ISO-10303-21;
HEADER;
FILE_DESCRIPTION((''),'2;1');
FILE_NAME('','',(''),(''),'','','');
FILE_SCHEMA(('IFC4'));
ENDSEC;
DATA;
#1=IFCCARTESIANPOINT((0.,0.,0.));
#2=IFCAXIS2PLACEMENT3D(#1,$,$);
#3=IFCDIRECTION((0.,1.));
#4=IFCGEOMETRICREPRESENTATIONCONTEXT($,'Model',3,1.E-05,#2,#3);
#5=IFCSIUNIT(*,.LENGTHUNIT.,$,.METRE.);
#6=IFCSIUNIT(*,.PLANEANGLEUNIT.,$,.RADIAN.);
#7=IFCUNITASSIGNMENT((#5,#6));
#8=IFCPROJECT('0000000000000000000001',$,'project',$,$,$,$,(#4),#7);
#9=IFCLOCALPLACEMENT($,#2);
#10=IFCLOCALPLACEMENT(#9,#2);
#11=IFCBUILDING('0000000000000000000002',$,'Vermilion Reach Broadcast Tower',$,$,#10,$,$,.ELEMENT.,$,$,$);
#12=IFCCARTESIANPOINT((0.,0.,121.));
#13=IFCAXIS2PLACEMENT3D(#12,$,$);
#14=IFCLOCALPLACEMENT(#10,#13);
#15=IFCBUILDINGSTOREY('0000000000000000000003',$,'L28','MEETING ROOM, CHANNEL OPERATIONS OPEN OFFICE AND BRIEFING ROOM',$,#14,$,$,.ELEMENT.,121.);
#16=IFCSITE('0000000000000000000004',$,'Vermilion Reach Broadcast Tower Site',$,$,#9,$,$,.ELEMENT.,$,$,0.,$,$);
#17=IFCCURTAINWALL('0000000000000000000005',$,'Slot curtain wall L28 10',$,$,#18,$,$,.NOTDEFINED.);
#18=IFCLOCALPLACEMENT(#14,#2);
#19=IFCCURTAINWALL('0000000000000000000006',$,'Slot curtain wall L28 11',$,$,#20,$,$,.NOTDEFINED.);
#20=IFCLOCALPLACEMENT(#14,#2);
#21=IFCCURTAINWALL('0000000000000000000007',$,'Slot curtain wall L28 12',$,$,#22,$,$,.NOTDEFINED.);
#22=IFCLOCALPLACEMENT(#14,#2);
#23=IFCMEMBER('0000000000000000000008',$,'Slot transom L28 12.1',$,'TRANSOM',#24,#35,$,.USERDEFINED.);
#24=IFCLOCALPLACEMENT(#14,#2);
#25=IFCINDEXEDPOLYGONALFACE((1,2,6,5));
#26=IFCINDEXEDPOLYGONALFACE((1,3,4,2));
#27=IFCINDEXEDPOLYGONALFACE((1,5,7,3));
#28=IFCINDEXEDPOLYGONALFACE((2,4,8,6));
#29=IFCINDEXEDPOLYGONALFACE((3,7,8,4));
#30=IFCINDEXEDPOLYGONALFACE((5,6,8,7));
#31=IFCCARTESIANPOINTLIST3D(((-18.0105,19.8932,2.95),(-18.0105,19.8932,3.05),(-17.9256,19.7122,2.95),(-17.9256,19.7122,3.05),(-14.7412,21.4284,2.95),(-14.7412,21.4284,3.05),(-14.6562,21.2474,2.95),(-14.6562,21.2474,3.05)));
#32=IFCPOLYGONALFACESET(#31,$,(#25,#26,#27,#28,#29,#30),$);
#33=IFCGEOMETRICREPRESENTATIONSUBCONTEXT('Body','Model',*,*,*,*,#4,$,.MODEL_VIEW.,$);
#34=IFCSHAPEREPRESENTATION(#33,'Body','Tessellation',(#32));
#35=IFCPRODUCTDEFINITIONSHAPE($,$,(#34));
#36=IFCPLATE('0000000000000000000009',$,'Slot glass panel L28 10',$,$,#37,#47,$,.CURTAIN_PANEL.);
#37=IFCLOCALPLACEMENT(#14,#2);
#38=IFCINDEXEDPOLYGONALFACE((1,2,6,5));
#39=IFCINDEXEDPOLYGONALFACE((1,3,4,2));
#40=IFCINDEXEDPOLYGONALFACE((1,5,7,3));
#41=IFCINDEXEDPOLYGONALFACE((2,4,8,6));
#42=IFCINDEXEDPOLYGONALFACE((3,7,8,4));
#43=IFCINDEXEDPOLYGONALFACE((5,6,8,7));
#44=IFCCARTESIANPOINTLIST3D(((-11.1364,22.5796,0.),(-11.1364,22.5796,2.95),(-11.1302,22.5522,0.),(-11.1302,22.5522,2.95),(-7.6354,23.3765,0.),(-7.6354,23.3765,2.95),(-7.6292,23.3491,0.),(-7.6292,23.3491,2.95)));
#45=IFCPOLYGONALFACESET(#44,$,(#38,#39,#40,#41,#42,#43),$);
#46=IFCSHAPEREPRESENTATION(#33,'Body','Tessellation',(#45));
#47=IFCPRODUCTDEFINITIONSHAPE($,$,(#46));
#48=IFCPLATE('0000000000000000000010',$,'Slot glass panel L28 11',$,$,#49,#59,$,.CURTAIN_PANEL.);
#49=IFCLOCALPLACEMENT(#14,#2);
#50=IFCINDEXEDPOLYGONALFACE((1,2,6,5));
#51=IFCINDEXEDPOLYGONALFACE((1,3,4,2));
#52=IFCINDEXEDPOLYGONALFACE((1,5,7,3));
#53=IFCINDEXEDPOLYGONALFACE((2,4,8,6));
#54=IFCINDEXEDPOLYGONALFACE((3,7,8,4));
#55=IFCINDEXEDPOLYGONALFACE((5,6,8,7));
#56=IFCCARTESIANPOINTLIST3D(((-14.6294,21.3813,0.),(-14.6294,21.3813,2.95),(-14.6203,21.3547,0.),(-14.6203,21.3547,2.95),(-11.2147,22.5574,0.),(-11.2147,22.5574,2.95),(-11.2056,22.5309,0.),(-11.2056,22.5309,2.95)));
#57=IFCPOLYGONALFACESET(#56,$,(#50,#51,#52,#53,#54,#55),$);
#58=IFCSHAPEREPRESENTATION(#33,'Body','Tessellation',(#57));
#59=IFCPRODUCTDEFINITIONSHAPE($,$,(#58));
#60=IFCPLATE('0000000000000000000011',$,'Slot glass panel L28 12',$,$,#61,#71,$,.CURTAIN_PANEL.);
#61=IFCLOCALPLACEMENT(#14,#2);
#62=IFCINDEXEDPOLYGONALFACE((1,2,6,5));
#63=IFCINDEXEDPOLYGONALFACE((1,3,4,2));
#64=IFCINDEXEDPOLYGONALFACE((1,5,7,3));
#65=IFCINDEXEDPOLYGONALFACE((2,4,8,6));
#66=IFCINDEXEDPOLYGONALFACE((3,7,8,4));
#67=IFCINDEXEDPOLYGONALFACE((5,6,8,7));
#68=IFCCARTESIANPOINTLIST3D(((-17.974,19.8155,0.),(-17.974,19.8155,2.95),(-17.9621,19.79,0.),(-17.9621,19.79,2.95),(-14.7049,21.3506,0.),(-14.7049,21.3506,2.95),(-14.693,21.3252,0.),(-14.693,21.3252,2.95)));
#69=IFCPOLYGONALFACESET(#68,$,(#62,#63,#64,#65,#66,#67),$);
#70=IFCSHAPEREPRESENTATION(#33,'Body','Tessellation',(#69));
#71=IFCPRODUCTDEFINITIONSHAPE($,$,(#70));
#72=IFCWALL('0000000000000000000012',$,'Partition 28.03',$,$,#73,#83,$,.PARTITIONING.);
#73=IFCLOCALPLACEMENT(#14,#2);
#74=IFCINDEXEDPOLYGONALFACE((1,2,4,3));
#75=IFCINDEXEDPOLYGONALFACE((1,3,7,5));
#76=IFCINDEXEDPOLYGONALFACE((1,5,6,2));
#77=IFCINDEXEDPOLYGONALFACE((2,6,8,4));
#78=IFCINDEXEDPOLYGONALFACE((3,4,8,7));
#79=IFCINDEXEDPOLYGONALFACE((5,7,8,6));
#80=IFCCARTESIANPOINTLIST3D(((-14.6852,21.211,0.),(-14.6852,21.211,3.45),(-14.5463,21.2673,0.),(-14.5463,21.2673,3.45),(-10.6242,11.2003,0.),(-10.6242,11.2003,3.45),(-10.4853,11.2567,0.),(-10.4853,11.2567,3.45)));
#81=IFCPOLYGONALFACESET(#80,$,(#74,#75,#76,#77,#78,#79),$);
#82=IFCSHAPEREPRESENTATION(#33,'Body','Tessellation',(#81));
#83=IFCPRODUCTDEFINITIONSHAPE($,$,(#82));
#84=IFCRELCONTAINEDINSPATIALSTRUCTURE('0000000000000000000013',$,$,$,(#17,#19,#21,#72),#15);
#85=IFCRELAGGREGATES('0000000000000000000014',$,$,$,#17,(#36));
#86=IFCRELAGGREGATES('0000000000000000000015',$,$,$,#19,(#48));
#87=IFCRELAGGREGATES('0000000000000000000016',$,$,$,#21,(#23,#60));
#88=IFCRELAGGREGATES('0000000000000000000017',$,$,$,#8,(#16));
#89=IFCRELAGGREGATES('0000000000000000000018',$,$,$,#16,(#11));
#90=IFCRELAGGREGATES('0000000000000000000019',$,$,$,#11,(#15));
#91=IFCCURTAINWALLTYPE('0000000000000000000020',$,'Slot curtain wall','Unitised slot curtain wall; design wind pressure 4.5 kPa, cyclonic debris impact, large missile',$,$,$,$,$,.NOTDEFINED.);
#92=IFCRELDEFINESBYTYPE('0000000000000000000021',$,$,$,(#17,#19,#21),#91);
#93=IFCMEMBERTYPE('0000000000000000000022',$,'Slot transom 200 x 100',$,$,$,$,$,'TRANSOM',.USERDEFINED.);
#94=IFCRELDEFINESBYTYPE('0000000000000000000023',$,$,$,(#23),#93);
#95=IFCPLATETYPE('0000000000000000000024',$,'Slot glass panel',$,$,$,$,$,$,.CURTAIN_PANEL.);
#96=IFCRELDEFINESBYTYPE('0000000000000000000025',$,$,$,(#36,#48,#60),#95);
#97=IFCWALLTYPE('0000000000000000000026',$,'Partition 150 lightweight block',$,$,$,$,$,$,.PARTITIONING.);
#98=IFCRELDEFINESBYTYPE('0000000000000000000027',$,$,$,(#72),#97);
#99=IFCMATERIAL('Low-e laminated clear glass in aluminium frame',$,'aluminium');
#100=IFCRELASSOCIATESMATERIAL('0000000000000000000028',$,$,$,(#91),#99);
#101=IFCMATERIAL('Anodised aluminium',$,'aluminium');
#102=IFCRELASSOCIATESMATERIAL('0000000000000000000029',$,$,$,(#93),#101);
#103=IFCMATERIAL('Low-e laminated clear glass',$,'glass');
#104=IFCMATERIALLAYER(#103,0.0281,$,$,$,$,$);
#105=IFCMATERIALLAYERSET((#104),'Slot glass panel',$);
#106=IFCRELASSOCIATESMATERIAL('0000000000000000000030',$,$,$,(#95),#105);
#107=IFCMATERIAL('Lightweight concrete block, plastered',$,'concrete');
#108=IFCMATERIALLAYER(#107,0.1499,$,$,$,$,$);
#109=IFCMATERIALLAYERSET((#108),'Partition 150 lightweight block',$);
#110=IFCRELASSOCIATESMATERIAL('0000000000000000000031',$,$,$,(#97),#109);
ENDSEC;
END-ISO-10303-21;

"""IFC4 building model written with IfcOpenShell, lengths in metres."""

from ifc_helpers import new_model, si_unit, direction, frame, frame_2d, origin, origin_2d, place, context, subcontext, project, spatial, rectangle, extrude, material, layer, layer_set, material_profile, profile_set, type_object, element, aggregate, save


model = new_model("IFC4")

# Units and contexts
model_context = context("Model", 3, precision=1e-05, world=origin(), true_north=direction((0.0, 1.0)))
body_context = subcontext(model_context, "Body", "Model", "MODEL_VIEW")
ifc_project = project(units=[si_unit("LENGTHUNIT", "METRE"), si_unit("PLANEANGLEUNIT", "RADIAN")], contexts=[model_context])

# Site, building, storey
site_placement = place(None, origin())
site = spatial("IfcSite", under=ifc_project, at=site_placement, Name="Vermilion Reach Broadcast Tower Site", CompositionType="ELEMENT", RefElevation=0.0)
building_placement = place(site_placement, origin())
building = spatial("IfcBuilding", under=site, at=building_placement, Name="Vermilion Reach Broadcast Tower", CompositionType="ELEMENT")
storey_placement = place(building_placement, frame((0.0, 0.0, 121.0)))
storey = spatial("IfcBuildingStorey", under=building, at=storey_placement, Name="L28", Description="MEETING ROOM, CHANNEL OPERATIONS OPEN OFFICE AND BRIEFING ROOM", CompositionType="ELEMENT", Elevation=121.0)

# Curtain walls
ifc_material_1 = material(Name="Low-e laminated clear glass in aluminium frame", Category="aluminium")
curtain_wall_type = type_object("IfcCurtainWallType", Name="Slot curtain wall", Description="Unitised slot curtain wall; design wind pressure 4.5 kPa, cyclonic debris impact, large missile", PredefinedType="NOTDEFINED", material=ifc_material_1)
placement = place(storey_placement, origin())
curtain_wall_1 = element("IfcCurtainWall", 1, at=placement, inside=storey, type_object=curtain_wall_type, Name="Slot curtain wall L28 10", PredefinedType="NOTDEFINED")
curtain_wall_2 = element("IfcCurtainWall", 2, at=placement, inside=storey, type_object=curtain_wall_type, Name="Slot curtain wall L28 11", PredefinedType="NOTDEFINED")
curtain_wall_3 = element("IfcCurtainWall", 3, at=placement, inside=storey, type_object=curtain_wall_type, Name="Slot curtain wall L28 12", PredefinedType="NOTDEFINED")

# Member
ifc_material_2 = material(Name="Anodised aluminium", Category="aluminium")
ifc_material_profile_1 = material_profile(ifc_material_2, rectangle(XDim=0.2, YDim=0.1001, at=origin_2d()), Name="Slot transom 200 x 100")
ifc_profile_set_1 = profile_set([ifc_material_profile_1], Name="Anodised aluminium")
member_type_1 = type_object("IfcMemberType", Name="Slot transom 200 x 100", ElementType="TRANSOM", PredefinedType="USERDEFINED", material=ifc_profile_set_1)
member_1_placement = place(storey_placement, frame((-14.6987, 21.3379, 3.0), z_axis=(-0.905174, -0.425042, 0.0), x_axis=(0.425042, -0.905174, 0.0)))
member_1 = element("IfcMember", 4, at=member_1_placement, type_object=member_type_1, Name="Slot transom L28 12.1", ObjectType="TRANSOM", PredefinedType="USERDEFINED", context=body_context, shape_type="SweptSolid", body=[
    extrude(rectangle(XDim=0.2, YDim=0.1001, at=origin_2d()), origin(), (0.0, 0.0, 1.0), 3.6118),
])

# Plates
ifc_material_3 = material(Name="Low-e laminated clear glass", Category="glass")
ifc_layer_1 = layer(ifc_material_3, 0.0281)
ifc_layer_set_1 = layer_set([ifc_layer_1], Name="Slot glass panel")
plate_type = type_object("IfcPlateType", Name="Slot glass panel", PredefinedType="CURTAIN_PANEL", material=ifc_layer_set_1)
plate_1_placement = place(storey_placement, frame((-9.3828, 22.9644, 0.0), z_axis=(0.0, 0.0, 1.0), x_axis=(-0.975062, -0.221931, 0.0)))
plate_1 = element("IfcPlate", 5, at=plate_1_placement, type_object=plate_type, Name="Slot glass panel L28 10", PredefinedType="CURTAIN_PANEL", context=body_context, shape_type="SweptSolid", body=[
    extrude(rectangle(XDim=3.5906, YDim=0.0281, at=origin_2d()), origin(), (0.0, 0.0, 1.0), 2.95),
])
aggregate(curtain_wall_1, [plate_1])
plate_2_placement = place(storey_placement, frame((-12.9175, 21.9561, 0.0), z_axis=(0.0, 0.0, 1.0), x_axis=(-0.945486, -0.325662, 0.0)))
plate_2 = element("IfcPlate", 6, at=plate_2_placement, type_object=plate_type, Name="Slot glass panel L28 11", PredefinedType="CURTAIN_PANEL", context=body_context, shape_type="SweptSolid", body=[
    extrude(rectangle(XDim=3.6116, YDim=0.0281, at=origin_2d()), origin(), (0.0, 0.0, 1.0), 2.95),
])
aggregate(curtain_wall_2, [plate_2])
plate_3_placement = place(storey_placement, frame((-16.3335, 20.5703, 0.0), z_axis=(0.0, 0.0, 1.0), x_axis=(-0.905166, -0.425058, 0.0)))
plate_3 = element("IfcPlate", 7, at=plate_3_placement, type_object=plate_type, Name="Slot glass panel L28 12", PredefinedType="CURTAIN_PANEL", context=body_context, shape_type="SweptSolid", body=[
    extrude(rectangle(XDim=3.6116, YDim=0.0281, at=origin_2d()), origin(), (0.0, 0.0, 1.0), 2.95),
])
aggregate(curtain_wall_3, [member_1, plate_3])

# Wall
ifc_material_4 = material(Name="Lightweight concrete block, plastered", Category="concrete")
ifc_layer_2 = layer(ifc_material_4, 0.1499)
ifc_layer_set_2 = layer_set([ifc_layer_2], Name="Partition 150 lightweight block")
wall_type = type_object("IfcWallType", Name="Partition 150 lightweight block", PredefinedType="PARTITIONING", material=ifc_layer_set_2)
wall_placement = place(storey_placement, frame((-14.6157, 21.239, 0.0), z_axis=(0.0, 0.0, 1.0), x_axis=(0.375914, -0.926655, 0.0)))
element("IfcWall", 8, at=wall_placement, inside=storey, type_object=wall_type, Name="Partition 28.03", PredefinedType="PARTITIONING", context=body_context, shape_type="SweptSolid", body=[
    extrude(rectangle(XDim=10.803, YDim=0.1499, at=frame_2d((5.4014, 0.0))), origin(), (0.0, 0.0, 1.0), 3.45),
])

save(model, "model.ifc")
